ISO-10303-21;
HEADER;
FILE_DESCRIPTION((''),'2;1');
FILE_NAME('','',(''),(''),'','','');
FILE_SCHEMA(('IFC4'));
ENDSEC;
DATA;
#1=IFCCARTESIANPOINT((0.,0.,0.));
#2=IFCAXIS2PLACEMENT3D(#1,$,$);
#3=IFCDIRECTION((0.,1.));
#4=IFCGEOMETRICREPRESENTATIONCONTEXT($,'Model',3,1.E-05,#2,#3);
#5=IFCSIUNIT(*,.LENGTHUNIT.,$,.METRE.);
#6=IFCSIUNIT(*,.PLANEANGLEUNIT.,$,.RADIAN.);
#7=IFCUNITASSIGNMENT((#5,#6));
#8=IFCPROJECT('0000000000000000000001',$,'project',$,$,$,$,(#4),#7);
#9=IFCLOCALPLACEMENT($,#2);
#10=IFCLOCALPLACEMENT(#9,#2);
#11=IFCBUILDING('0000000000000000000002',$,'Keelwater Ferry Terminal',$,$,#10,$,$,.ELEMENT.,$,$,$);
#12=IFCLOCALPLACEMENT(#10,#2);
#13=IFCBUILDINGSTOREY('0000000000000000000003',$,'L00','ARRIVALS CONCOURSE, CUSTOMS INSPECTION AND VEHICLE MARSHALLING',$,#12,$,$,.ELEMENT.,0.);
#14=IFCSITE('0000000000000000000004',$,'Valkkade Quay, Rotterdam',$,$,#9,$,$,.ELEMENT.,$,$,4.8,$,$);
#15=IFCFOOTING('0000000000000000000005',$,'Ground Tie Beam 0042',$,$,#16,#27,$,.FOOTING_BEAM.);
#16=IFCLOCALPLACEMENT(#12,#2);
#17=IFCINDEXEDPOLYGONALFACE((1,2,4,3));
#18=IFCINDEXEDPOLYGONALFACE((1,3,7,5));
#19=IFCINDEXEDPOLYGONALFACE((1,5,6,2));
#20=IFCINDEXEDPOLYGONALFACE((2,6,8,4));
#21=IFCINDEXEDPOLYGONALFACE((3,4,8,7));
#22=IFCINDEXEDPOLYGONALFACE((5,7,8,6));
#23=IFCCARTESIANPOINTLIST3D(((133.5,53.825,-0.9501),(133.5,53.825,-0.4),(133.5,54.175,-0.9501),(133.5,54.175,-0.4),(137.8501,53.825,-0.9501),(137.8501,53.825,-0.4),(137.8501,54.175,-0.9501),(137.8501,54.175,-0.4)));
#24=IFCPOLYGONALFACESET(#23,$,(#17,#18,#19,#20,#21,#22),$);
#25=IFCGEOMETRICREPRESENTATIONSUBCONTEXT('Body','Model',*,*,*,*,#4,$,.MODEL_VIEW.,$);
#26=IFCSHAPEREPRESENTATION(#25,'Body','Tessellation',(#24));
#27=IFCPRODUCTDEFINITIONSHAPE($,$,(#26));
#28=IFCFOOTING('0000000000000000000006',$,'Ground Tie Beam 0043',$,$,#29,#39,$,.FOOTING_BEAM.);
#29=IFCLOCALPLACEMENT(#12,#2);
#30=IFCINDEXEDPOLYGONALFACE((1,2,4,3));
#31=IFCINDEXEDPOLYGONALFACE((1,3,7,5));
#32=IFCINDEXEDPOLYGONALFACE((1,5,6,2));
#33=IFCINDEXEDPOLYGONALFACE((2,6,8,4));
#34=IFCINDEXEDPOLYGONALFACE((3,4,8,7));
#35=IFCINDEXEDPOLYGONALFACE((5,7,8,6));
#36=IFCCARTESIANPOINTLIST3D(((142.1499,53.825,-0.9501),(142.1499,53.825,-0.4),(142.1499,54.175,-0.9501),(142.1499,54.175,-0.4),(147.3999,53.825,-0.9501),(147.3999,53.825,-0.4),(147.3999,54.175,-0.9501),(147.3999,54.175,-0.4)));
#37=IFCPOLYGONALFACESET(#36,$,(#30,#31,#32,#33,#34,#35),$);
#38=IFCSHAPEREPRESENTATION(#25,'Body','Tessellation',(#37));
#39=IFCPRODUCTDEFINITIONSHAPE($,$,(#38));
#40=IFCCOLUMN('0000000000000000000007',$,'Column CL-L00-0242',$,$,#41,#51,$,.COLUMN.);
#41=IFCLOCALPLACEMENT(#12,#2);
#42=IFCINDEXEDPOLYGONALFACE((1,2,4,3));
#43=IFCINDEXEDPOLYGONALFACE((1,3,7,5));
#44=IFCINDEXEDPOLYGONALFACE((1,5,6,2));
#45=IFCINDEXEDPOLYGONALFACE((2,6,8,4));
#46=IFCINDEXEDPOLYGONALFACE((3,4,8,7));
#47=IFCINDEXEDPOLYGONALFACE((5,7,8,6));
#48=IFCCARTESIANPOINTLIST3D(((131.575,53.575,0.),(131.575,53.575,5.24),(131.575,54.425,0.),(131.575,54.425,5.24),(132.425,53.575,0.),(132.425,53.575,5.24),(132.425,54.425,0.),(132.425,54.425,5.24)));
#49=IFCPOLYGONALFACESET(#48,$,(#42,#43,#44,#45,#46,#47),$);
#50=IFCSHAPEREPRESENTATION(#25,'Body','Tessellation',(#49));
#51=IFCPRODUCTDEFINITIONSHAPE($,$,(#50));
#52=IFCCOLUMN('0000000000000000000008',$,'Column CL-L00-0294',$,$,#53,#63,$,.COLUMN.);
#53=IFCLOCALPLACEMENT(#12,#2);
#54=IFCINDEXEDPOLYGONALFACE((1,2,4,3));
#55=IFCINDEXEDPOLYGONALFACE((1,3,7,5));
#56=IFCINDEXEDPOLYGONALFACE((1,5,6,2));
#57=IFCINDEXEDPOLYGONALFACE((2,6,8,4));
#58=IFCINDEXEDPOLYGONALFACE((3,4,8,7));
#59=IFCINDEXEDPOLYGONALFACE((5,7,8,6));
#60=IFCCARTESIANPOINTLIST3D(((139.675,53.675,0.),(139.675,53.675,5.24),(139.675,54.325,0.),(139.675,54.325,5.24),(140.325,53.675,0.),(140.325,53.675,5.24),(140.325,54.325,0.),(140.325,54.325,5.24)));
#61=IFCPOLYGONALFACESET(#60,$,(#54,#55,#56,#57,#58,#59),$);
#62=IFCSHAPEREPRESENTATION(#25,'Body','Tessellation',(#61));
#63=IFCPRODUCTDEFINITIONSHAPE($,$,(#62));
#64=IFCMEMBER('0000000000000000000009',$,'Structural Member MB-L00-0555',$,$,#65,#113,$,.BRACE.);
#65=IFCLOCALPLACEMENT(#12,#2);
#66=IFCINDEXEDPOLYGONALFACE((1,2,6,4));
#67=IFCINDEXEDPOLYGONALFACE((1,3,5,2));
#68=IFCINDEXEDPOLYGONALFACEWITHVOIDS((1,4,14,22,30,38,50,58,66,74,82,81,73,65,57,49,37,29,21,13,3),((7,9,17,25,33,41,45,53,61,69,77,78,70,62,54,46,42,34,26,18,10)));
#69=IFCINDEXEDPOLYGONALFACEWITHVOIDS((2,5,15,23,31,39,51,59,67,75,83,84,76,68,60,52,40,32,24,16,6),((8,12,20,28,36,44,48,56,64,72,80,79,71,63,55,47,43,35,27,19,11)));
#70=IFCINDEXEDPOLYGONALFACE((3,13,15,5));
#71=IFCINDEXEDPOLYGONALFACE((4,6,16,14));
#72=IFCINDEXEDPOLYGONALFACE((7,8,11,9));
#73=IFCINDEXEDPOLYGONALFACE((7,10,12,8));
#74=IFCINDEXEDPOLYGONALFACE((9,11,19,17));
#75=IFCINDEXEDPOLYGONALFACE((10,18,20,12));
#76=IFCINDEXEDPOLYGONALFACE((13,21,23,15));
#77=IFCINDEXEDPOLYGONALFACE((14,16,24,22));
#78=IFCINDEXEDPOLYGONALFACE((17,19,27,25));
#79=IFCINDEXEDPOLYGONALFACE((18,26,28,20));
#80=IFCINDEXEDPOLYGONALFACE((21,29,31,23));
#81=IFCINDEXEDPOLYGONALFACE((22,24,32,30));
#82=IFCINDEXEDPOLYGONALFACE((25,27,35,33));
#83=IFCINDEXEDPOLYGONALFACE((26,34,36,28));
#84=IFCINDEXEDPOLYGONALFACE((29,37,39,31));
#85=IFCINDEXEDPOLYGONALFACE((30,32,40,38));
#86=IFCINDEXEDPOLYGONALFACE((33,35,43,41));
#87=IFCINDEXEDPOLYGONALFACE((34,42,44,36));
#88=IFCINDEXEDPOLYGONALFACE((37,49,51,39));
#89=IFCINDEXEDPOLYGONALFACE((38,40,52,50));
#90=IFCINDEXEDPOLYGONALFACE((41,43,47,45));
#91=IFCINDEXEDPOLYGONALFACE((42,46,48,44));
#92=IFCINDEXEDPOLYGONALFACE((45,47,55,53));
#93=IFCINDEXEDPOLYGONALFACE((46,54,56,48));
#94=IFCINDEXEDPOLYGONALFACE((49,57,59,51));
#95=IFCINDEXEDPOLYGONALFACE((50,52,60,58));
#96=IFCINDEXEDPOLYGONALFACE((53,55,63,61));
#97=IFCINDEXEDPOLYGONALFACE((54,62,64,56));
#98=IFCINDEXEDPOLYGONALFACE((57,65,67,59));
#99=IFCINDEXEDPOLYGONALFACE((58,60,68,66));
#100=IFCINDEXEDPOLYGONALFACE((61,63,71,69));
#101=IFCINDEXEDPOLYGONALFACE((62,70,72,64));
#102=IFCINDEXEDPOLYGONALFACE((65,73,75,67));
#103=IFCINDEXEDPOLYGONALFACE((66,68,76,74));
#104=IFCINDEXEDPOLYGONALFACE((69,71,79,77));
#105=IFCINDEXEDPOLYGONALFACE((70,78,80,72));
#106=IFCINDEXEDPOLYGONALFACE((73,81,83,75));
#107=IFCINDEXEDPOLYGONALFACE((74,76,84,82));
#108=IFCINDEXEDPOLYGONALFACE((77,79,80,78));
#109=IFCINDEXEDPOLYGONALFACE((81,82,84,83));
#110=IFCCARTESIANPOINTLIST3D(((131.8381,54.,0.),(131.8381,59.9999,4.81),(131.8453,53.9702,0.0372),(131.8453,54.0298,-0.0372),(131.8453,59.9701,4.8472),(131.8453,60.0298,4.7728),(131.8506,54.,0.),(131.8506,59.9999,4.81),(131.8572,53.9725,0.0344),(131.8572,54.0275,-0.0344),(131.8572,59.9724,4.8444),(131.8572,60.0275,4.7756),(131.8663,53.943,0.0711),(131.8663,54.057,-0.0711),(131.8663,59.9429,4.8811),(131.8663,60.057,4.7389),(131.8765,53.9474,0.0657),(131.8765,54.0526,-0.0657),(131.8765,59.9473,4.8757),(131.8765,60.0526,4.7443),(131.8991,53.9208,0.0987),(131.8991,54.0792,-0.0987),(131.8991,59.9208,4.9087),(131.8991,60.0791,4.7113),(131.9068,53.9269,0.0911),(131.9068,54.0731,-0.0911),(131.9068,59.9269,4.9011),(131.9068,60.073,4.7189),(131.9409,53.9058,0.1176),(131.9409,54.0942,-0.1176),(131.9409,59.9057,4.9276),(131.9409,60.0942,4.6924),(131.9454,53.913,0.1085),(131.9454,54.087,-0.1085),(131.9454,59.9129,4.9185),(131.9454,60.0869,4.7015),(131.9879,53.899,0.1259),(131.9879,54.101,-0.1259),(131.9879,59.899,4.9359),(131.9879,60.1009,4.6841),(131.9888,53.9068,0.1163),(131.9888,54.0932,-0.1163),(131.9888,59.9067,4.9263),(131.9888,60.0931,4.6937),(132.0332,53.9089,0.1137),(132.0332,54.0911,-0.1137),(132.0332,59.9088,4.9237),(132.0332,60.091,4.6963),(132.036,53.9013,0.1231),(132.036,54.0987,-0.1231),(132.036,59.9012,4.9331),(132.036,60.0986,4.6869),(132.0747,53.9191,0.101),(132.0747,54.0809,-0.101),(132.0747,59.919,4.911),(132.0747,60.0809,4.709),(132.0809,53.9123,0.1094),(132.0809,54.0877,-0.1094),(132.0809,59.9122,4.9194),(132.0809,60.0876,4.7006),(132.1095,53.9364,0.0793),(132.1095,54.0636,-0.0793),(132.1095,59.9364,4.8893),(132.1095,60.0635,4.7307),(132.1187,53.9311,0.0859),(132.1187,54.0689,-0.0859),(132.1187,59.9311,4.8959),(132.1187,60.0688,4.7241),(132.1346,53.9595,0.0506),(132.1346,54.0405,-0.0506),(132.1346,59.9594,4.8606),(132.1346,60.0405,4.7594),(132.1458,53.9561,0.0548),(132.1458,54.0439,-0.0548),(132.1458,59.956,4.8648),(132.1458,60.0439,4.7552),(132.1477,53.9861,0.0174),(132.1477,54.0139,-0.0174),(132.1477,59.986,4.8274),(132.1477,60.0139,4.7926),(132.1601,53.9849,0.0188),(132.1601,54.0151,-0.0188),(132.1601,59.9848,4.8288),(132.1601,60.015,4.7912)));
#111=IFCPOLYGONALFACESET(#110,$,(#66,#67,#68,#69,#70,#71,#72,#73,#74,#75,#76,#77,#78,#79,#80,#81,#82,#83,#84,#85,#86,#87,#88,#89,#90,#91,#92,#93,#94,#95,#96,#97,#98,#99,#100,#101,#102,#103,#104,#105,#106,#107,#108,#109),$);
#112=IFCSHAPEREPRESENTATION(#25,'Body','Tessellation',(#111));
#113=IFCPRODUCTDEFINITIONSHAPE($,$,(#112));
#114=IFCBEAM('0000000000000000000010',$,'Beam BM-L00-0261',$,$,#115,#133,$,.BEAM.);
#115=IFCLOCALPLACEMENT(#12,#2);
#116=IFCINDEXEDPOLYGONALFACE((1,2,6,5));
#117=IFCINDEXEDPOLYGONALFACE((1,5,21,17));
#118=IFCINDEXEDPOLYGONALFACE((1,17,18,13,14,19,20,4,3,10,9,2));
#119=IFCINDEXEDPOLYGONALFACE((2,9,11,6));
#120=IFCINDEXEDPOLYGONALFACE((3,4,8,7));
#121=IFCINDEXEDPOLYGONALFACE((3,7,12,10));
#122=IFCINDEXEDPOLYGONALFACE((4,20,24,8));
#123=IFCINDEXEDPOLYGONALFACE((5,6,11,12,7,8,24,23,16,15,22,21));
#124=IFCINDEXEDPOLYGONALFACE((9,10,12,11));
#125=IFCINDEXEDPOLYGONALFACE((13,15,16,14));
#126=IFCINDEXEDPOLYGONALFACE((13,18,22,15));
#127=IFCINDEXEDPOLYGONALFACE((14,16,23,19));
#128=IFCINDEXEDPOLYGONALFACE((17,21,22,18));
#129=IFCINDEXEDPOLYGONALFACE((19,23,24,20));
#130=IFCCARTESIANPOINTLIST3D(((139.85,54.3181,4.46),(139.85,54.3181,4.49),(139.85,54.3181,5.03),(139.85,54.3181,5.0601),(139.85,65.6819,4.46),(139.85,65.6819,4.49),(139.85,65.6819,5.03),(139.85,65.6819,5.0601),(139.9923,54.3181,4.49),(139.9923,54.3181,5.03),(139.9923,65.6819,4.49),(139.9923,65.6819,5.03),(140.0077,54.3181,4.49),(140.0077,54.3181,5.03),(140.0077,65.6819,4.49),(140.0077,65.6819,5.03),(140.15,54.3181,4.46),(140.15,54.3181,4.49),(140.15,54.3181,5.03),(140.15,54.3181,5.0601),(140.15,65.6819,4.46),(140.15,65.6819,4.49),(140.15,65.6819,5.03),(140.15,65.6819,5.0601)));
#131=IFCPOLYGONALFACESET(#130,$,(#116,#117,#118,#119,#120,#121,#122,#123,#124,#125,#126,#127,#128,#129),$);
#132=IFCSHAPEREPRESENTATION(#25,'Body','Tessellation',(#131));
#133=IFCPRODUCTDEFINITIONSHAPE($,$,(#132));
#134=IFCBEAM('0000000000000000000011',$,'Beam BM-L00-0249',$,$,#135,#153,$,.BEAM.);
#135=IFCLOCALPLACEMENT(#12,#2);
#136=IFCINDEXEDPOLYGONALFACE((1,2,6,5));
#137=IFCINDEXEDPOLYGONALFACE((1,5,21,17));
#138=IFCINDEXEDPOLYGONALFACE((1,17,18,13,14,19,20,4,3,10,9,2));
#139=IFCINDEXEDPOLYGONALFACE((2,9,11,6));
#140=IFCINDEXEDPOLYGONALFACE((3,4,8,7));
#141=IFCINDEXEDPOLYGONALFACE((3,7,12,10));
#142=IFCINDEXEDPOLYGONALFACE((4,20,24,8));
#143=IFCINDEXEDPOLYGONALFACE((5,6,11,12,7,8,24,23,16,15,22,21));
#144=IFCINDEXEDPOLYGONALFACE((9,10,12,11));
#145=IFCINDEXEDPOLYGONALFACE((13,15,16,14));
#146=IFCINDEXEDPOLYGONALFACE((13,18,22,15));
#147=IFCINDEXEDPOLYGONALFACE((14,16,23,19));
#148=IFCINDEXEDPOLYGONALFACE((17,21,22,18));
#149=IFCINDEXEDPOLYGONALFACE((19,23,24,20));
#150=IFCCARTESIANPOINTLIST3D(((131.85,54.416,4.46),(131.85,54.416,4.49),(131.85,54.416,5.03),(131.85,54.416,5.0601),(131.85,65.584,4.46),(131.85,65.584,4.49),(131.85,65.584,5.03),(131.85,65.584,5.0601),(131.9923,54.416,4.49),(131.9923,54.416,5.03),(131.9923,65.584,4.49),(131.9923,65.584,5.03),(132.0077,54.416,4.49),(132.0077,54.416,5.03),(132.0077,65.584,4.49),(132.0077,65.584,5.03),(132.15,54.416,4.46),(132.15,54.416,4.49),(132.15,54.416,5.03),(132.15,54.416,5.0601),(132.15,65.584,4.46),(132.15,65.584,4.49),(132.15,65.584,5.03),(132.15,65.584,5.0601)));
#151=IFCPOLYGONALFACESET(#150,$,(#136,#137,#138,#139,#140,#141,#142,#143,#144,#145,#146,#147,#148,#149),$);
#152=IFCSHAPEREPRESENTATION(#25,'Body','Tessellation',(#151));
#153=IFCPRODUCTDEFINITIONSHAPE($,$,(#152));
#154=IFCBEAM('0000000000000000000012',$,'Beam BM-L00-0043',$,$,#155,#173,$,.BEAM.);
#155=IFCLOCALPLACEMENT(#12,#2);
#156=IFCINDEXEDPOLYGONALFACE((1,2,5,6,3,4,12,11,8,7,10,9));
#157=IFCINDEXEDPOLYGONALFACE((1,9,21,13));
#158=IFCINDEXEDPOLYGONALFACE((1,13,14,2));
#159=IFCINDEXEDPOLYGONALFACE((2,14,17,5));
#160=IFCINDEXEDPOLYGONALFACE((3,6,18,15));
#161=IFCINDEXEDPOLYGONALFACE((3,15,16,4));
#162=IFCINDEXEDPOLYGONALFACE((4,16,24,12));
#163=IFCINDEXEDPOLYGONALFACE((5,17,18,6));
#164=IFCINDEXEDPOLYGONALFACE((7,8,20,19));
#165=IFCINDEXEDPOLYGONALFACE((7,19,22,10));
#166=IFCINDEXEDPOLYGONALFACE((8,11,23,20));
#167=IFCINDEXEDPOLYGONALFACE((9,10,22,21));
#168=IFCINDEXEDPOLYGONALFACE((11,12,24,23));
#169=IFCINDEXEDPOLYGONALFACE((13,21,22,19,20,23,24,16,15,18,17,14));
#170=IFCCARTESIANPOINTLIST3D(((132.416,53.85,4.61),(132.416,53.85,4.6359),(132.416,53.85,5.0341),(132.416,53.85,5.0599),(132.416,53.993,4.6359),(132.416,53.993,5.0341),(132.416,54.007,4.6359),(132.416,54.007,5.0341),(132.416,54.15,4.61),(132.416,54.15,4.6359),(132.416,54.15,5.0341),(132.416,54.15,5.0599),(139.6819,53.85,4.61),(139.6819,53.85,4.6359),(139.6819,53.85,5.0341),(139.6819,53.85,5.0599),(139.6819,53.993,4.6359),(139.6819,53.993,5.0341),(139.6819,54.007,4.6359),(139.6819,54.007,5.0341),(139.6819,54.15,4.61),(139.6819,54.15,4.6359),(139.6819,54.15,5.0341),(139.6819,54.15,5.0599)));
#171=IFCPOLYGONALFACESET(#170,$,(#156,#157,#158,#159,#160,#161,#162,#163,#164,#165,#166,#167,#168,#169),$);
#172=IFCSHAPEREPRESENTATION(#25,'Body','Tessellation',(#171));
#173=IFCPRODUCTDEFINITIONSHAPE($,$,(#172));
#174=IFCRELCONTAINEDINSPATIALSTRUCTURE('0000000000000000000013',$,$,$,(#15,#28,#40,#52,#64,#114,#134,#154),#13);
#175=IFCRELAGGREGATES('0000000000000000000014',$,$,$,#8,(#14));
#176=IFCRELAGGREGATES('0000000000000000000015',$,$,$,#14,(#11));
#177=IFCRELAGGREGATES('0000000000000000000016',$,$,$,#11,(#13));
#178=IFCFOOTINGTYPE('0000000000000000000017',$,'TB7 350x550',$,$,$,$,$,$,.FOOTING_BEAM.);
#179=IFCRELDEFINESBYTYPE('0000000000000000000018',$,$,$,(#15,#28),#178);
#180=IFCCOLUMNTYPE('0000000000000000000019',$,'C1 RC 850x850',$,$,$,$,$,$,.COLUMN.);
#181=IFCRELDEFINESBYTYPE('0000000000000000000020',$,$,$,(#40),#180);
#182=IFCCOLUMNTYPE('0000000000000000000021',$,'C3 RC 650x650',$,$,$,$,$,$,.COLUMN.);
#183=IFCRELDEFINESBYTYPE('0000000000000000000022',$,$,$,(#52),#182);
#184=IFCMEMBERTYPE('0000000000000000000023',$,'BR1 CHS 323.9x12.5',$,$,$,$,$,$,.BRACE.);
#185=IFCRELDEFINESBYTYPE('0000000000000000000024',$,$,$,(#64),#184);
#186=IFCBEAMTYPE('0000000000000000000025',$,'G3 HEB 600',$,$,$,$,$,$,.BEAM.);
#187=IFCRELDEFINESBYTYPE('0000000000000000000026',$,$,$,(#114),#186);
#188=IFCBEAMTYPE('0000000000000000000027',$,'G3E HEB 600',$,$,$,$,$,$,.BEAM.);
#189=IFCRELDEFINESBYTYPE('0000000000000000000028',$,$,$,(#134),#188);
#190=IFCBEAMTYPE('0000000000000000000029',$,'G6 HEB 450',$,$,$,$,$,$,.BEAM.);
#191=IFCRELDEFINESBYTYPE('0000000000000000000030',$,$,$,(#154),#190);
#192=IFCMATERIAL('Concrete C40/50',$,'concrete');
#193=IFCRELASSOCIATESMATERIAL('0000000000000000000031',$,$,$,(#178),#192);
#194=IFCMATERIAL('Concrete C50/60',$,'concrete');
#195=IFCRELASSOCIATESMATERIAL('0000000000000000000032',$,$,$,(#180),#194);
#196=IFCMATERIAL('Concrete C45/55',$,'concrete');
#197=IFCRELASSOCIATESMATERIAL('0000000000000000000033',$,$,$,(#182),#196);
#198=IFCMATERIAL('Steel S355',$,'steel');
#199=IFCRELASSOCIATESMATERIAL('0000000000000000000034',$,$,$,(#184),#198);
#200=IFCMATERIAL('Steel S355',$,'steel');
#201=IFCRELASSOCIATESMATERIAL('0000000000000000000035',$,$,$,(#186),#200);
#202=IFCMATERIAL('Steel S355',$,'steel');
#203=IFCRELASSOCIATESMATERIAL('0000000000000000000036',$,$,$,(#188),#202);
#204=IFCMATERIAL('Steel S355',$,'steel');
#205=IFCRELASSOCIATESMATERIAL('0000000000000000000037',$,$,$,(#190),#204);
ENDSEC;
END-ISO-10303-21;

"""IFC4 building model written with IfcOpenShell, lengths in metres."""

from ifc_helpers import new_model, si_unit, direction, frame, origin, origin_2d, place, context, subcontext, project, spatial, rectangle, hollow_circle, i_section, extrude, material, material_profile, profile_set, type_object, element, save


model = new_model("IFC4")

# Units and contexts
model_context = context("Model", 3, precision=1e-05, world=origin(), true_north=direction((0.0, 1.0)))
body_context = subcontext(model_context, "Body", "Model", "MODEL_VIEW")
ifc_project = project(units=[si_unit("LENGTHUNIT", "METRE"), si_unit("PLANEANGLEUNIT", "RADIAN")], contexts=[model_context])

# Site, building, storey
site_placement = place(None, origin())
site = spatial("IfcSite", under=ifc_project, at=site_placement, Name="Valkkade Quay, Rotterdam", CompositionType="ELEMENT", RefElevation=4.8)
building_placement = place(site_placement, origin())
building = spatial("IfcBuilding", under=site, at=building_placement, Name="Keelwater Ferry Terminal", CompositionType="ELEMENT")
storey_placement = place(building_placement, origin())
storey = spatial("IfcBuildingStorey", under=building, at=storey_placement, Name="L00", Description="ARRIVALS CONCOURSE, CUSTOMS INSPECTION AND VEHICLE MARSHALLING", CompositionType="ELEMENT", Elevation=0.0)

# Footings
ifc_material_1 = material(Name="Concrete C40/50", Category="concrete")
ifc_material_profile_1 = material_profile(ifc_material_1, rectangle(XDim=0.3501, YDim=0.55, at=origin_2d()), Name="TB 350x550")
ifc_profile_set_1 = profile_set([ifc_material_profile_1], Name="Concrete C40/50")
footing_type_1 = type_object("IfcFootingType", Name="TB7 350x550", PredefinedType="FOOTING_BEAM", material=ifc_profile_set_1)
footing_1_placement = place(storey_placement, frame((133.5, 54.0, -0.675), z_axis=(1.0, 0.0, 0.0), x_axis=(0.0, 1.0, 0.0)))
element("IfcFooting", 1, at=footing_1_placement, inside=storey, type_object=footing_type_1, Name="Ground Tie Beam 0042", PredefinedType="FOOTING_BEAM", context=body_context, shape_type="SweptSolid", body=[
    extrude(rectangle(XDim=0.3501, YDim=0.55, at=origin_2d()), origin(), (0.0, 0.0, 1.0), 4.3501),
])
footing_2_placement = place(storey_placement, frame((142.1499, 54.0, -0.675), z_axis=(1.0, 0.0, 0.0), x_axis=(0.0, 1.0, 0.0)))
element("IfcFooting", 2, at=footing_2_placement, inside=storey, type_object=footing_type_1, Name="Ground Tie Beam 0043", PredefinedType="FOOTING_BEAM", context=body_context, shape_type="SweptSolid", body=[
    extrude(rectangle(XDim=0.3501, YDim=0.55, at=origin_2d()), origin(), (0.0, 0.0, 1.0), 5.25),
])

# Columns
ifc_material_2 = material(Name="Concrete C50/60", Category="concrete")
ifc_material_profile_2 = material_profile(ifc_material_2, rectangle(XDim=0.8501, YDim=0.8501, at=origin_2d()), Name="RC 850x850")
ifc_profile_set_2 = profile_set([ifc_material_profile_2], Name="Concrete C50/60")
column_type_1 = type_object("IfcColumnType", Name="C1 RC 850x850", PredefinedType="COLUMN", material=ifc_profile_set_2)
column_1_placement = place(storey_placement, frame((132.0, 54.0, 0.0), z_axis=(0.0, 0.0, 1.0), x_axis=(1.0, 0.0, 0.0)))
element("IfcColumn", 3, at=column_1_placement, inside=storey, type_object=column_type_1, Name="Column CL-L00-0242", PredefinedType="COLUMN", context=body_context, shape_type="SweptSolid", body=[
    extrude(rectangle(XDim=0.8501, YDim=0.8501, at=origin_2d()), origin(), (0.0, 0.0, 1.0), 5.24),
])
ifc_material_3 = material(Name="Concrete C45/55", Category="concrete")
ifc_material_profile_3 = material_profile(ifc_material_3, rectangle(XDim=0.6499, YDim=0.6499, at=origin_2d()), Name="RC 650x650")
ifc_profile_set_3 = profile_set([ifc_material_profile_3], Name="Concrete C45/55")
column_type_2 = type_object("IfcColumnType", Name="C3 RC 650x650", PredefinedType="COLUMN", material=ifc_profile_set_3)
column_2_placement = place(storey_placement, frame((140.0, 54.0, 0.0), z_axis=(0.0, 0.0, 1.0), x_axis=(1.0, 0.0, 0.0)))
element("IfcColumn", 4, at=column_2_placement, inside=storey, type_object=column_type_2, Name="Column CL-L00-0294", PredefinedType="COLUMN", context=body_context, shape_type="SweptSolid", body=[
    extrude(rectangle(XDim=0.6499, YDim=0.6499, at=origin_2d()), origin(), (0.0, 0.0, 1.0), 5.24),
])

# Member
ifc_material_4 = material(Name="Steel S355", Category="steel")
ifc_material_profile_4 = material_profile(ifc_material_4, hollow_circle(Radius=0.1619, WallThickness=0.0125, at=origin_2d()), Name="CHS 323.9x12.5")
ifc_profile_set_4 = profile_set([ifc_material_profile_4], Name="Steel S355")
member_type = type_object("IfcMemberType", Name="BR1 CHS 323.9x12.5", PredefinedType="BRACE", material=ifc_profile_set_4)
member_placement = place(storey_placement, frame((132.0, 54.0, 0.0), z_axis=(0.0, 0.78023, 0.625492), x_axis=(-1.0, 0.0, 0.0)))
element("IfcMember", 5, at=member_placement, inside=storey, type_object=member_type, Name="Structural Member MB-L00-0555", PredefinedType="BRACE", context=body_context, shape_type="SweptSolid", body=[
    extrude(hollow_circle(Radius=0.1619, WallThickness=0.0125, at=origin_2d()), origin(), (0.0, 0.0, 1.0), 7.6899),
])

# Beams
ifc_material_5 = material(Name="Steel S355", Category="steel")
ifc_material_profile_5 = material_profile(ifc_material_5, i_section(OverallWidth=0.3, OverallDepth=0.6001, WebThickness=0.0154, FlangeThickness=0.03, at=origin_2d()), Name="HEB 600")
ifc_profile_set_5 = profile_set([ifc_material_profile_5], Name="Steel S355")
beam_type_1 = type_object("IfcBeamType", Name="G3 HEB 600", PredefinedType="BEAM", material=ifc_profile_set_5)
beam_1_placement = place(storey_placement, frame((140.0, 54.3181, 4.76), z_axis=(0.0, 1.0, 0.0), x_axis=(-1.0, 0.0, 0.0)))
element("IfcBeam", 6, at=beam_1_placement, inside=storey, type_object=beam_type_1, Name="Beam BM-L00-0261", PredefinedType="BEAM", context=body_context, shape_type="SweptSolid", body=[
    extrude(i_section(OverallWidth=0.3, OverallDepth=0.6001, WebThickness=0.0154, FlangeThickness=0.03, at=origin_2d()), origin(), (0.0, 0.0, 1.0), 11.3638),
])
ifc_material_6 = material(Name="Steel S355", Category="steel")
ifc_material_profile_6 = material_profile(ifc_material_6, i_section(OverallWidth=0.3, OverallDepth=0.6001, WebThickness=0.0154, FlangeThickness=0.03, at=origin_2d()), Name="HEB 600")
ifc_profile_set_6 = profile_set([ifc_material_profile_6], Name="Steel S355")
beam_type_2 = type_object("IfcBeamType", Name="G3E HEB 600", PredefinedType="BEAM", material=ifc_profile_set_6)
beam_2_placement = place(storey_placement, frame((132.0, 54.416, 4.76), z_axis=(0.0, 1.0, 0.0), x_axis=(-1.0, 0.0, 0.0)))
element("IfcBeam", 7, at=beam_2_placement, inside=storey, type_object=beam_type_2, Name="Beam BM-L00-0249", PredefinedType="BEAM", context=body_context, shape_type="SweptSolid", body=[
    extrude(i_section(OverallWidth=0.3, OverallDepth=0.6001, WebThickness=0.0154, FlangeThickness=0.03, at=origin_2d()), origin(), (0.0, 0.0, 1.0), 11.168),
])
ifc_material_7 = material(Name="Steel S355", Category="steel")
ifc_material_profile_7 = material_profile(ifc_material_7, i_section(OverallWidth=0.3, OverallDepth=0.45, WebThickness=0.0139, FlangeThickness=0.0259, at=origin_2d()), Name="HEB 450")
ifc_profile_set_7 = profile_set([ifc_material_profile_7], Name="Steel S355")
beam_type_3 = type_object("IfcBeamType", Name="G6 HEB 450", PredefinedType="BEAM", material=ifc_profile_set_7)
beam_3_placement = place(storey_placement, frame((132.416, 54.0, 4.835), z_axis=(1.0, 0.0, 0.0), x_axis=(0.0, 1.0, 0.0)))
element("IfcBeam", 8, at=beam_3_placement, inside=storey, type_object=beam_type_3, Name="Beam BM-L00-0043", PredefinedType="BEAM", context=body_context, shape_type="SweptSolid", body=[
    extrude(i_section(OverallWidth=0.3, OverallDepth=0.45, WebThickness=0.0139, FlangeThickness=0.0259, at=origin_2d()), origin(), (0.0, 0.0, 1.0), 7.2659),
])

save(model, "model.ifc")
